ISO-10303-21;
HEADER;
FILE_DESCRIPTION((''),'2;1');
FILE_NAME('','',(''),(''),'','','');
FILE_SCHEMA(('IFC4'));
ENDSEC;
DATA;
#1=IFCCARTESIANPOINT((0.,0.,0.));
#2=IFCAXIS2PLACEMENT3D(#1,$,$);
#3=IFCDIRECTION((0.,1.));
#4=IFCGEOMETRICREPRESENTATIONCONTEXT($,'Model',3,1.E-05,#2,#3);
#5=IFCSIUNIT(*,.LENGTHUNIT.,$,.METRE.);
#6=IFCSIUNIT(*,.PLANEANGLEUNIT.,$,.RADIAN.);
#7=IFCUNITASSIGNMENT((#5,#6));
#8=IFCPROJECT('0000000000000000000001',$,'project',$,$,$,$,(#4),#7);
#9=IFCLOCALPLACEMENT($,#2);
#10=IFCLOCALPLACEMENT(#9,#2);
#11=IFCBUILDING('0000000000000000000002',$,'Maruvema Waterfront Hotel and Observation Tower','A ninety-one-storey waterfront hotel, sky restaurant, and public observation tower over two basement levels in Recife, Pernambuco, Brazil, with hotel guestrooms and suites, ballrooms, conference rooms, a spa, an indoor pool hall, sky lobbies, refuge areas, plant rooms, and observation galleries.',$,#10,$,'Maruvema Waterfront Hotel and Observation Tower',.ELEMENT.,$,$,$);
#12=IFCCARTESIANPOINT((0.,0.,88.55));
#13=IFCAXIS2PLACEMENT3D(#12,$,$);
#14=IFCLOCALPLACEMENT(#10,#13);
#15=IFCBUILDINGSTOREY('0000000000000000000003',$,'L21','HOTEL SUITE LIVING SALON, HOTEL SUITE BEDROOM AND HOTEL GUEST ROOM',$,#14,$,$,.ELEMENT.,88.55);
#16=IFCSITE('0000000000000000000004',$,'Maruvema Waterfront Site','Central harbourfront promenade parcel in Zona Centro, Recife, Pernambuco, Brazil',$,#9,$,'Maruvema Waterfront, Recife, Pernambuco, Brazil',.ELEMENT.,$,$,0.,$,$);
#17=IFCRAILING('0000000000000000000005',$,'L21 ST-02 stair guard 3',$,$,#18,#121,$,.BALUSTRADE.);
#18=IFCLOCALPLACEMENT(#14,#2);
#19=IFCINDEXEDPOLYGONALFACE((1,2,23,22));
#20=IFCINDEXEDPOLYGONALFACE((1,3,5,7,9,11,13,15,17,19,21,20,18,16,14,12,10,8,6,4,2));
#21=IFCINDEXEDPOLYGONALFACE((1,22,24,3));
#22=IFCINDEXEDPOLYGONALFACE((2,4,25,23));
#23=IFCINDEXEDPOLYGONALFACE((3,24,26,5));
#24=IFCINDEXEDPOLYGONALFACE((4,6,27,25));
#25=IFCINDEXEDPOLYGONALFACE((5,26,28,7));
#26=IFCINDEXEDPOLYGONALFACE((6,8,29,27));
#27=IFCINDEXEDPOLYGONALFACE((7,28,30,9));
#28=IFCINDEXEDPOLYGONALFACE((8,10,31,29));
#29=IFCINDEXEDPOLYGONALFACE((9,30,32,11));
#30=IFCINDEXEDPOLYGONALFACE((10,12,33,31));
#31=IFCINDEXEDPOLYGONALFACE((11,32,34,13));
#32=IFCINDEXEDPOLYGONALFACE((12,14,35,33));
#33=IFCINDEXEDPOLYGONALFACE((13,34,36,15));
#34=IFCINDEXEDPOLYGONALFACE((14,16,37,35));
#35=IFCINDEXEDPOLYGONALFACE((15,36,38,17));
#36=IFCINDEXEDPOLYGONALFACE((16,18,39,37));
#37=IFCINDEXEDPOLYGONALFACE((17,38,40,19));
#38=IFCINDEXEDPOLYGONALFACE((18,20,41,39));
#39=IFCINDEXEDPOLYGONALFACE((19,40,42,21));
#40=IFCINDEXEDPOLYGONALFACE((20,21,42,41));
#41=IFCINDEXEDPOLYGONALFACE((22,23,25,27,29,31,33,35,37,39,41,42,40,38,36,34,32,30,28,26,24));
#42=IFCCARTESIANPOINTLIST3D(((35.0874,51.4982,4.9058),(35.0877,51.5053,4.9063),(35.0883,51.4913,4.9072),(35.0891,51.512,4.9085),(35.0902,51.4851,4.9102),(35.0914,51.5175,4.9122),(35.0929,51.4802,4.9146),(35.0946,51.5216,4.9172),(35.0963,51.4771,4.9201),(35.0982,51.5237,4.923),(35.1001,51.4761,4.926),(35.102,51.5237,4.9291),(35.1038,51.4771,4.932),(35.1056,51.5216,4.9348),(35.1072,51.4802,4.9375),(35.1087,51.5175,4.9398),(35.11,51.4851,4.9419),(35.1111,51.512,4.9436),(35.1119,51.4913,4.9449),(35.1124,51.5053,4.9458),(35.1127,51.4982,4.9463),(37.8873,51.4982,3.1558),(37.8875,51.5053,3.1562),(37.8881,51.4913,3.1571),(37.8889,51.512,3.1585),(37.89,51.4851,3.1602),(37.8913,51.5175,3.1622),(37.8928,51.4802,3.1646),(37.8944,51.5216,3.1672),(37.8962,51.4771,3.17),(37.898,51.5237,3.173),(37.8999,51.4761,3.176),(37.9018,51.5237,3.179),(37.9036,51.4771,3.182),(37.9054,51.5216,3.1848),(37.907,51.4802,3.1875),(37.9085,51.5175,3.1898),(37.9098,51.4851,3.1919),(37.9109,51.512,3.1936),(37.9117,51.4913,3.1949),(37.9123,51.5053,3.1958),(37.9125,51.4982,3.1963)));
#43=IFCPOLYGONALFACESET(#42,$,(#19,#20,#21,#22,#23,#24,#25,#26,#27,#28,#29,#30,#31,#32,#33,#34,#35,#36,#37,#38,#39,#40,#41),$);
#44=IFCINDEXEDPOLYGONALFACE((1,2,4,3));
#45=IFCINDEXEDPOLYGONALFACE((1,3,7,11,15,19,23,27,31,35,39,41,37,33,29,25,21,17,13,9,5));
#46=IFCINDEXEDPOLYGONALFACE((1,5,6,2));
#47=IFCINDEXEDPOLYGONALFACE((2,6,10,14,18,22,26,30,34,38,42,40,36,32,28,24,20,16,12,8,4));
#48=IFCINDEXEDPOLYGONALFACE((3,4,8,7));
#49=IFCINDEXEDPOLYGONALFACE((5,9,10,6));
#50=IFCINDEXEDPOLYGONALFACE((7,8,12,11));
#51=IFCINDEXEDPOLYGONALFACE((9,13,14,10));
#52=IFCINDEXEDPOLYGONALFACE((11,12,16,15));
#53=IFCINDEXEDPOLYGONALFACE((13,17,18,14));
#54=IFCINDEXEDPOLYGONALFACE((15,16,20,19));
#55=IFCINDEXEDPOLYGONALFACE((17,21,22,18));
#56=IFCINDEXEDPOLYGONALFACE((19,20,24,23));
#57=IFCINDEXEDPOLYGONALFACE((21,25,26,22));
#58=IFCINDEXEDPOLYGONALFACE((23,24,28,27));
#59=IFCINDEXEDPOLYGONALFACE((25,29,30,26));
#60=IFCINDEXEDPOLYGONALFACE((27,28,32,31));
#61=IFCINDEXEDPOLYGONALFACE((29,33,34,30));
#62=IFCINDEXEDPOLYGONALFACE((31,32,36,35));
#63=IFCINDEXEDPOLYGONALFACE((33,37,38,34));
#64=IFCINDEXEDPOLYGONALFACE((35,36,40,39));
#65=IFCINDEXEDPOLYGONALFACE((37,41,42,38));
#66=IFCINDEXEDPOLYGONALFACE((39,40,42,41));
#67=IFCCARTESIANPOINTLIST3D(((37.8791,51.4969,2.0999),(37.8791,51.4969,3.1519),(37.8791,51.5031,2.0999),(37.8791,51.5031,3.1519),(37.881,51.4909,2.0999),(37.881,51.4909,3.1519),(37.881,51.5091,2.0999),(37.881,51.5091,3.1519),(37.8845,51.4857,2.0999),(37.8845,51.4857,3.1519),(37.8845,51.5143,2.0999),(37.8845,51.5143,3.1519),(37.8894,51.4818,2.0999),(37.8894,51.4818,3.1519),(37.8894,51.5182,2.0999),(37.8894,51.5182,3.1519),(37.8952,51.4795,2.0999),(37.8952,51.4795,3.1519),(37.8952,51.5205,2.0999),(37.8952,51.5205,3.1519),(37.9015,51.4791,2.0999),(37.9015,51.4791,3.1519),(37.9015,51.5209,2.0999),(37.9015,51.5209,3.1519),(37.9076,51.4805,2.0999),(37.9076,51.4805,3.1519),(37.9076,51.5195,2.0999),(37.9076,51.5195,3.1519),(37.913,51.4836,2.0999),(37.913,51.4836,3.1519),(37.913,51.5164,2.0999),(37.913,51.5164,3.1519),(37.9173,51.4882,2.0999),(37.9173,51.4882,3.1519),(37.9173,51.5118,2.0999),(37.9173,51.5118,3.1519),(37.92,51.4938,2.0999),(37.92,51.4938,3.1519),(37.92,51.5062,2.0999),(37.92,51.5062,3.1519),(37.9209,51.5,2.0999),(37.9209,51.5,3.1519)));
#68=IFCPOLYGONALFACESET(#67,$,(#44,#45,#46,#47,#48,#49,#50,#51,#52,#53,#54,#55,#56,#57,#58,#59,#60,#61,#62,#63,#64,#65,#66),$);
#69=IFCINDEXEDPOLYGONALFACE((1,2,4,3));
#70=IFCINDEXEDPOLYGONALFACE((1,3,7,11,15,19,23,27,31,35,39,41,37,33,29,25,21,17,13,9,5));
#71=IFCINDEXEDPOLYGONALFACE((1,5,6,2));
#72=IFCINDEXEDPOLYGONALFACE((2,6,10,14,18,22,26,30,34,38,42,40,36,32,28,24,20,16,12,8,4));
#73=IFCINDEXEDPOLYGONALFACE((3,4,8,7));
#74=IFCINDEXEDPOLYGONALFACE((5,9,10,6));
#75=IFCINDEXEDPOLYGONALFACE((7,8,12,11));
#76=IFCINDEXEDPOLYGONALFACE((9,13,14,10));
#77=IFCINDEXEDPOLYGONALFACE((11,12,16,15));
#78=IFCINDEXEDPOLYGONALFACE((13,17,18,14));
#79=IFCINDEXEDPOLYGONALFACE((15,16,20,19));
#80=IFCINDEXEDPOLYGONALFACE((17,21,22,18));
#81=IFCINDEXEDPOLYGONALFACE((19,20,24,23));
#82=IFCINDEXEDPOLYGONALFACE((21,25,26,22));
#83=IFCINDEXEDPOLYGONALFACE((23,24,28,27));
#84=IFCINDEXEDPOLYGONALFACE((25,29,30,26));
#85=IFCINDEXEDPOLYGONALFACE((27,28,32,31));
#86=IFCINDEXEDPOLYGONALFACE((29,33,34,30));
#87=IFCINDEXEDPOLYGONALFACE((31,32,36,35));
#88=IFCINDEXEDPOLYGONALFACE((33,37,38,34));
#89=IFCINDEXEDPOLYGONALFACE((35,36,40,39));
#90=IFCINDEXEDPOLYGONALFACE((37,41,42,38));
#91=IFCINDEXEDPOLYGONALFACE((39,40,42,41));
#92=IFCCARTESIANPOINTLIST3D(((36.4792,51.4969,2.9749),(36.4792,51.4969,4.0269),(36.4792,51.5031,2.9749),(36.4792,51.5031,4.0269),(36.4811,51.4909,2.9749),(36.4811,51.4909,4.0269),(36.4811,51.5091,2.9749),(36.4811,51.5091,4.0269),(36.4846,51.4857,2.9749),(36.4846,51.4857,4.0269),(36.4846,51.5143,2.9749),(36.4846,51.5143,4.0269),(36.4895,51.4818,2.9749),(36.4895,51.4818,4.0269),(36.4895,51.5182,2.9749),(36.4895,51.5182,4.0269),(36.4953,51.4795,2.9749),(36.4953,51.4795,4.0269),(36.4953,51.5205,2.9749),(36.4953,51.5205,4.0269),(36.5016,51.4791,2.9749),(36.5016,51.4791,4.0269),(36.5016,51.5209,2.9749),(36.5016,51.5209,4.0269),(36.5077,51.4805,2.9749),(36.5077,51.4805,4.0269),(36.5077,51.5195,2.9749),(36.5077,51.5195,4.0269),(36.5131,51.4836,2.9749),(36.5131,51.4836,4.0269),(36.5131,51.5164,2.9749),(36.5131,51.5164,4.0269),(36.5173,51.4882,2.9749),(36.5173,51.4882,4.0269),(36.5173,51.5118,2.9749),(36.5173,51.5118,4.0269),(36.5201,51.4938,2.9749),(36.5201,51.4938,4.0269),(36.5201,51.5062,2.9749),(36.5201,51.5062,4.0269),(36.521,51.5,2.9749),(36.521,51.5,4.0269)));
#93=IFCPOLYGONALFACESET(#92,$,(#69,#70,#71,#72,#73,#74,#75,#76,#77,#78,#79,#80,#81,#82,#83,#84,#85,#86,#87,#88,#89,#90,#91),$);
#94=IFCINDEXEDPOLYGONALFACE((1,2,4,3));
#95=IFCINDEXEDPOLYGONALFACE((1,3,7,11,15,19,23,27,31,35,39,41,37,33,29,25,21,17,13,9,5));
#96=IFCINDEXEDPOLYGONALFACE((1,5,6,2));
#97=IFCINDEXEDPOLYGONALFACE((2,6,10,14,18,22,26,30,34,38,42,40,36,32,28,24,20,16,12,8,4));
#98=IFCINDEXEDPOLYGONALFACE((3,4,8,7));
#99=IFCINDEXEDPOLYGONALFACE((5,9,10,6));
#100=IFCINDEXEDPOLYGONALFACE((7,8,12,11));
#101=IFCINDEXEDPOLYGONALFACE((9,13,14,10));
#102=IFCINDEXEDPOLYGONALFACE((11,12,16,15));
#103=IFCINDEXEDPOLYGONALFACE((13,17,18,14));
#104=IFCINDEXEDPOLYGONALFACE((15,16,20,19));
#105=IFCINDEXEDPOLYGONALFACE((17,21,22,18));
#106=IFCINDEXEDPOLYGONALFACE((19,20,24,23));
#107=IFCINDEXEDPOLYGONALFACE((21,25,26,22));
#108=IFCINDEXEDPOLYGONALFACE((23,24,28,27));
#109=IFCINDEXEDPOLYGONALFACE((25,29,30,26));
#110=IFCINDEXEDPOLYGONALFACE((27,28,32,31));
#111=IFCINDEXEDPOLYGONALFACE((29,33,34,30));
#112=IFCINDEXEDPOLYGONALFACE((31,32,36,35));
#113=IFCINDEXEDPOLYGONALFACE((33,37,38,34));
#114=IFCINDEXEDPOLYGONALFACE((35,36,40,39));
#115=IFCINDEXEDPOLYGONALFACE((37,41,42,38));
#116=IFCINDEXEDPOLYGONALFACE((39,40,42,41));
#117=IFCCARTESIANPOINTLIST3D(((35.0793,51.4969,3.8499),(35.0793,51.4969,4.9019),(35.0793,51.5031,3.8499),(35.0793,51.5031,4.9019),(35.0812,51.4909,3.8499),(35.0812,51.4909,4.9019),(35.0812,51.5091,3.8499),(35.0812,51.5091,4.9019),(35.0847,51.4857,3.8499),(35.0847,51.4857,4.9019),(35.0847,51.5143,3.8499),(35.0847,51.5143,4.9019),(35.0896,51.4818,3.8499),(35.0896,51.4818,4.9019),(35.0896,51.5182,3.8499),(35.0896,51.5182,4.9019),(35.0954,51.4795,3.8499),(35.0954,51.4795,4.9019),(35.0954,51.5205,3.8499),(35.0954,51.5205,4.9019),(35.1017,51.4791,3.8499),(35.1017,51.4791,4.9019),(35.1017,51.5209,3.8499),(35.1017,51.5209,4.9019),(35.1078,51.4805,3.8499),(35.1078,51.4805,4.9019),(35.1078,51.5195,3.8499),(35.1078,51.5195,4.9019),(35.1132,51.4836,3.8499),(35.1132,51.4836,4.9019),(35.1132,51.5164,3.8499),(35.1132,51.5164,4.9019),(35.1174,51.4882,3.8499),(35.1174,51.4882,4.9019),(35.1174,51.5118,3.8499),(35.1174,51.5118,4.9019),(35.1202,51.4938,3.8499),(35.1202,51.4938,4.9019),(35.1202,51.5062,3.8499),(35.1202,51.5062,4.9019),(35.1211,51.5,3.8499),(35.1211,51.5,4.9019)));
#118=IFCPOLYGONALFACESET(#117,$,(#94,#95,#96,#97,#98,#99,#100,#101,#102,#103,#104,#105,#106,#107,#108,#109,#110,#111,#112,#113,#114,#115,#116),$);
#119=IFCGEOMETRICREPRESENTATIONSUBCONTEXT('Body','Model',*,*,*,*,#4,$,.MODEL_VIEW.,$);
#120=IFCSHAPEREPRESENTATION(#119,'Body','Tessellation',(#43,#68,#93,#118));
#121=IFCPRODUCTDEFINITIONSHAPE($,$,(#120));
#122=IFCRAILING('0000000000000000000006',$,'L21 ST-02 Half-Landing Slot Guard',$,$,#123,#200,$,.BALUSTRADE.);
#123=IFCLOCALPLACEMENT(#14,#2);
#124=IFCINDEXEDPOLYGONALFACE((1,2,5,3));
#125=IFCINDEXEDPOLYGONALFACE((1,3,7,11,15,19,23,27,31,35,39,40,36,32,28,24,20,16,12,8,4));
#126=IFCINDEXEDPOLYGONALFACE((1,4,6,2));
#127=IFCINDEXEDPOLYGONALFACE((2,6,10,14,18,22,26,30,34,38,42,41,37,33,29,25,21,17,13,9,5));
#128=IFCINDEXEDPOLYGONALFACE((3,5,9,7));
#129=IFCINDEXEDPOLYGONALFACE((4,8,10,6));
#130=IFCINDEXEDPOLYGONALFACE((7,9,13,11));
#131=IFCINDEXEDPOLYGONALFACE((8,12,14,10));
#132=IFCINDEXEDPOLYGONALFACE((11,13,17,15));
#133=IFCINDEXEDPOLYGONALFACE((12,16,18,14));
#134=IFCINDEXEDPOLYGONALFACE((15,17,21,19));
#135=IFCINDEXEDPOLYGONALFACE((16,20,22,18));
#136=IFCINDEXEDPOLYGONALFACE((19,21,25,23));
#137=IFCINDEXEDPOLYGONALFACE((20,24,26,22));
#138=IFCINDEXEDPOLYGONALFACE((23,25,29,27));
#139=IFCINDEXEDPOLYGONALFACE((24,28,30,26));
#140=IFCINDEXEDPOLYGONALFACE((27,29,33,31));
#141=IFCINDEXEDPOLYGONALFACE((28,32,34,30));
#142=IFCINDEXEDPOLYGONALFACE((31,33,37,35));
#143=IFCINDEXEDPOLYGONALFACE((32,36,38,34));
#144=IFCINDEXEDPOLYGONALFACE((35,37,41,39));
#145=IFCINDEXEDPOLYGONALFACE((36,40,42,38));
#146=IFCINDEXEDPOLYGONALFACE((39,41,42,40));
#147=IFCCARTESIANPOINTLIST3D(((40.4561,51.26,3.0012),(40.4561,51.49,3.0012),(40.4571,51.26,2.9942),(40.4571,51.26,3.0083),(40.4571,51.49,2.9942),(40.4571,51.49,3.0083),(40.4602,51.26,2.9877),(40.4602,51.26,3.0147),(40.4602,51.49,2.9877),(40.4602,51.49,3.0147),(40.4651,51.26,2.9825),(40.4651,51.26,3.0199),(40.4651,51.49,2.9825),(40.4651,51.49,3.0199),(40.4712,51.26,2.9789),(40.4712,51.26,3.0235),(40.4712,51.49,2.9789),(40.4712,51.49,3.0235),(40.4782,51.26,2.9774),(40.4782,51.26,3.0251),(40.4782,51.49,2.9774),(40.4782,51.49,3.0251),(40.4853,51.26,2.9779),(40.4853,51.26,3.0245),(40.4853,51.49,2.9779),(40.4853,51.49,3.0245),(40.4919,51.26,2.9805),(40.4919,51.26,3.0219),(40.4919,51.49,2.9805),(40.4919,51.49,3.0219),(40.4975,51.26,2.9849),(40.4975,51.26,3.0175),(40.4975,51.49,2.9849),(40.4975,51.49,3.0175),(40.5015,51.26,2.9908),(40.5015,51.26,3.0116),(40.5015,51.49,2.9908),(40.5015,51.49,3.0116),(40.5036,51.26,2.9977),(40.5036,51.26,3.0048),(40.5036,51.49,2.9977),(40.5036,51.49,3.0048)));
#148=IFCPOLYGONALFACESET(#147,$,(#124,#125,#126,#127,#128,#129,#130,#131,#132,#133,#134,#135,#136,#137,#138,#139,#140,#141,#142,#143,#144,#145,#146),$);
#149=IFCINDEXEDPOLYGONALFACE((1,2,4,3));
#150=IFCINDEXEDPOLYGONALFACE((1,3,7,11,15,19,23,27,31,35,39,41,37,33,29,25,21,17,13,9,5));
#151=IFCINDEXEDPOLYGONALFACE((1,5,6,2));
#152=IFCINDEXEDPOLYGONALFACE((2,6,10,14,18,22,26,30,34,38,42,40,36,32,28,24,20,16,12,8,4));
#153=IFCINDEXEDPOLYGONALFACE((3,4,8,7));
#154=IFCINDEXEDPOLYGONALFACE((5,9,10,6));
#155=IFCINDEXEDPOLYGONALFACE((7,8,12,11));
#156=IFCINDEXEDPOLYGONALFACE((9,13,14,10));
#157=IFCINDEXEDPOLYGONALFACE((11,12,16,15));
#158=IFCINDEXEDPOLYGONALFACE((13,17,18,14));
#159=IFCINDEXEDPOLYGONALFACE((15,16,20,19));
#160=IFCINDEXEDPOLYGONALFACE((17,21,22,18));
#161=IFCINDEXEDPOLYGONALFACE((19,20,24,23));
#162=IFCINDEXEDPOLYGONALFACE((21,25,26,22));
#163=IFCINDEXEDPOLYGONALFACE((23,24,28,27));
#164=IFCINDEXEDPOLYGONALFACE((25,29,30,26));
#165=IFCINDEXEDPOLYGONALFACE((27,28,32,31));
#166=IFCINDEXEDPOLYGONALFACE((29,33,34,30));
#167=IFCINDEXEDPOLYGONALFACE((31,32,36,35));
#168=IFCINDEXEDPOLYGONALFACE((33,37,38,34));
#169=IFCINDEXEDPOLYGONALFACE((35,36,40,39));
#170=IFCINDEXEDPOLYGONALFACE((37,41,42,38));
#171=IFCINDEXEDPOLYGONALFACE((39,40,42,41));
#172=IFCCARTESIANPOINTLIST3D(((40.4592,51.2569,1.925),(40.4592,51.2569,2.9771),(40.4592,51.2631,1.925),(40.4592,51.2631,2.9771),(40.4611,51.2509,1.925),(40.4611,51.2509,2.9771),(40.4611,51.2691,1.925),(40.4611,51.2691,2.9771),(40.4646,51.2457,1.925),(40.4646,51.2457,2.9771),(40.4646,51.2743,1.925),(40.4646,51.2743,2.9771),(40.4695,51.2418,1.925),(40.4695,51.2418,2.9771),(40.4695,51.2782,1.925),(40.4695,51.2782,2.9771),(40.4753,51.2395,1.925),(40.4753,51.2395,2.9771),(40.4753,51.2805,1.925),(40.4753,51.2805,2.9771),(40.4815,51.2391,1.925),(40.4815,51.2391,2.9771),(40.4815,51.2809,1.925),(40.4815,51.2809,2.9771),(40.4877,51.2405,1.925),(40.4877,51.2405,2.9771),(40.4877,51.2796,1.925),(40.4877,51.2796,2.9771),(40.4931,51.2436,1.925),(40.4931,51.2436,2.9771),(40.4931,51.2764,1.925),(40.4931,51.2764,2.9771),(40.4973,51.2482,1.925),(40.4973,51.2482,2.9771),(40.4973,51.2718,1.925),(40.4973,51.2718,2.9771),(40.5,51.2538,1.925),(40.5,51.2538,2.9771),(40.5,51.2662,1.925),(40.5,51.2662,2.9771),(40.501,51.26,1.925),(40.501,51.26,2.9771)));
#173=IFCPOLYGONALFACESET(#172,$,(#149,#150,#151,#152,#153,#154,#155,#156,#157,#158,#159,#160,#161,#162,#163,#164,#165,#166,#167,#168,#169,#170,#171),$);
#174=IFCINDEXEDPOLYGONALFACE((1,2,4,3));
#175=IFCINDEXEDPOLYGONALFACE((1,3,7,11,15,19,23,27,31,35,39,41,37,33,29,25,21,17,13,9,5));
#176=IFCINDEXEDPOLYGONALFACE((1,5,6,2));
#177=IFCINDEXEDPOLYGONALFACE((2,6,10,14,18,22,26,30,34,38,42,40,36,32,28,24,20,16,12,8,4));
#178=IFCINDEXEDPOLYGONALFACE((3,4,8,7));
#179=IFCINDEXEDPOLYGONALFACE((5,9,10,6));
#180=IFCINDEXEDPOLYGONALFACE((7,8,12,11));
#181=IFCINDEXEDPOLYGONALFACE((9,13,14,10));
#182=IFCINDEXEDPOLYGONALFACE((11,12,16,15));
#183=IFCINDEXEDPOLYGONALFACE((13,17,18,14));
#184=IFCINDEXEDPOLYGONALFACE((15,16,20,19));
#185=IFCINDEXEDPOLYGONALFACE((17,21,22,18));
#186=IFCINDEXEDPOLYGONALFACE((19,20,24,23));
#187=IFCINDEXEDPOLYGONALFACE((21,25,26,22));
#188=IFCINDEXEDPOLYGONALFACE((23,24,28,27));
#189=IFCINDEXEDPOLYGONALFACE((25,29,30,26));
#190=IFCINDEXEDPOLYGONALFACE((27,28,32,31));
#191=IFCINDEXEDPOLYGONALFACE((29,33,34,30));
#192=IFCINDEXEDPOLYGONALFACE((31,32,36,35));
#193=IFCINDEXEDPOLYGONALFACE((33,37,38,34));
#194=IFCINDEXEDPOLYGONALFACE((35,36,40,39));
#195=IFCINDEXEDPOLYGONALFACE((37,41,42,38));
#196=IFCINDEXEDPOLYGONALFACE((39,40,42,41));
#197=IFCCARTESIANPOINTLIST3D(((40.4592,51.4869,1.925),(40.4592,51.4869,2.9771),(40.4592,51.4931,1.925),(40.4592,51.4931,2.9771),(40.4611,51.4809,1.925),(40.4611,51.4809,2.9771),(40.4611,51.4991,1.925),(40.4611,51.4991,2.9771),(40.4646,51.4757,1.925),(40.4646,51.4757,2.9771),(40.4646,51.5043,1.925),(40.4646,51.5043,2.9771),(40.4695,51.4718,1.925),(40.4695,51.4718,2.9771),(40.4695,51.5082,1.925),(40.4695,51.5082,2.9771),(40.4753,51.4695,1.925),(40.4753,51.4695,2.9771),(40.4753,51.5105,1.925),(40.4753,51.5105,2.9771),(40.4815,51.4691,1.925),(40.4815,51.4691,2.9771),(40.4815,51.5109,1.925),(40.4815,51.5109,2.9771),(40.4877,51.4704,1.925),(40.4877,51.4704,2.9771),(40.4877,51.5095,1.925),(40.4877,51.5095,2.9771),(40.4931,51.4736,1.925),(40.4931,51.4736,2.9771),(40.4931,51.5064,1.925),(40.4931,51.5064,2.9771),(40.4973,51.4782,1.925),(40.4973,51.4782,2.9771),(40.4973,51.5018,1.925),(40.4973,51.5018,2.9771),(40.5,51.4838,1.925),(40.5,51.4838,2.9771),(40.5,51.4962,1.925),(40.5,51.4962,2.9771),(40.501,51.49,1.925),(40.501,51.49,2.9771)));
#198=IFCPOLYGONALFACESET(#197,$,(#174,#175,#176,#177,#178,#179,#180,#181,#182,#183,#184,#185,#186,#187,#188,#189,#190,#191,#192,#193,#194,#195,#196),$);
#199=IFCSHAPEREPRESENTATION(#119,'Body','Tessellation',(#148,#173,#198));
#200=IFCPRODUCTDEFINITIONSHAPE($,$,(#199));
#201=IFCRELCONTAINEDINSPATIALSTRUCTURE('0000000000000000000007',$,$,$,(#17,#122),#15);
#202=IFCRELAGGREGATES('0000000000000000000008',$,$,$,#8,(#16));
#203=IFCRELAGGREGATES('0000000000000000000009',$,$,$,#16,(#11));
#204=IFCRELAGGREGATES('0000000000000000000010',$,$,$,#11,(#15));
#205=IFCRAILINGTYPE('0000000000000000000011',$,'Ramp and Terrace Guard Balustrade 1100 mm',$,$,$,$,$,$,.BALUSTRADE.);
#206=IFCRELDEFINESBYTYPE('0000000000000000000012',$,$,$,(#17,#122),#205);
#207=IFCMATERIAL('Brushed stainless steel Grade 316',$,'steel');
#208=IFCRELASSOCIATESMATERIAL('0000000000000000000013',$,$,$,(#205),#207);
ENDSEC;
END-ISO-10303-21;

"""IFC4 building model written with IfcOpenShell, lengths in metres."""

from ifc_helpers import new_model, si_unit, direction, frame, origin, origin_2d, place, context, subcontext, project, spatial, circle, extrude, material, type_object, element, save


model = new_model("IFC4")

# Units and contexts
model_context = context("Model", 3, precision=1e-05, world=origin(), true_north=direction((0.0, 1.0)))
body_context = subcontext(model_context, "Body", "Model", "MODEL_VIEW")
ifc_project = project(units=[si_unit("LENGTHUNIT", "METRE"), si_unit("PLANEANGLEUNIT", "RADIAN")], contexts=[model_context])

# Site, building, storey
site_placement = place(None, origin())
site = spatial("IfcSite", under=ifc_project, at=site_placement, Name="Maruvema Waterfront Site", Description="Central harbourfront promenade parcel in Zona Centro, Recife, Pernambuco, Brazil", LongName="Maruvema Waterfront, Recife, Pernambuco, Brazil", CompositionType="ELEMENT", RefElevation=0.0)
building_placement = place(site_placement, origin())
building = spatial("IfcBuilding", under=site, at=building_placement, Name="Maruvema Waterfront Hotel and Observation Tower", Description="A ninety-one-storey waterfront hotel, sky restaurant, and public observation tower over two basement levels in Recife, Pernambuco, Brazil, with hotel guestrooms and suites, ballrooms, conference rooms, a spa, an indoor pool hall, sky lobbies, refuge areas, plant rooms, and observation galleries.", LongName="Maruvema Waterfront Hotel and Observation Tower", CompositionType="ELEMENT")
storey_placement = place(building_placement, frame((0.0, 0.0, 88.55)))
storey = spatial("IfcBuildingStorey", under=building, at=storey_placement, Name="L21", Description="HOTEL SUITE LIVING SALON, HOTEL SUITE BEDROOM AND HOTEL GUEST ROOM", CompositionType="ELEMENT", Elevation=88.55)

# Railings
ifc_material_1 = material(Name="Brushed stainless steel Grade 316", Category="steel")
railing_type_1 = type_object("IfcRailingType", Name="Ramp and Terrace Guard Balustrade 1100 mm", PredefinedType="BALUSTRADE", material=ifc_material_1)
railing_1_placement = place(storey_placement, frame((37.8999, 51.5, 2.0999)))
element("IfcRailing", 1, at=railing_1_placement, inside=storey, type_object=railing_type_1, Name="L21 ST-02 stair guard 3", PredefinedType="BALUSTRADE", context=body_context, shape_type="SweptSolid", body=[
    extrude(circle(Radius=0.0239, at=origin_2d()), frame((0.0, 0.0, 1.0762), z_axis=(-0.847982, 0.0, 0.530026), x_axis=(0.0, -1.0, 0.0)), (0.0, 0.0, 1.0), 3.3018),
    extrude(circle(Radius=0.021, at=origin_2d()), origin(), (0.0, 0.0, 1.0), 1.052),
    extrude(circle(Radius=0.021, at=origin_2d()), frame((-1.3999, 0.0, 0.875)), (0.0, 0.0, 1.0), 1.052),
    extrude(circle(Radius=0.021, at=origin_2d()), frame((-2.7998, 0.0, 1.75)), (0.0, 0.0, 1.0), 1.052),
])
railing_2_placement = place(storey_placement, frame((40.48, 51.26, 1.925)))
element("IfcRailing", 2, at=railing_2_placement, inside=storey, type_object=railing_type_1, Name="L21 ST-02 Half-Landing Slot Guard", PredefinedType="BALUSTRADE", context=body_context, shape_type="SweptSolid", body=[
    extrude(circle(Radius=0.0239, at=origin_2d()), frame((0.0, 0.0, 1.0762), z_axis=(0.0, 1.0, 0.0), x_axis=(-1.0, 0.0, 0.0)), (0.0, 0.0, 1.0), 0.23),
    extrude(circle(Radius=0.021, at=origin_2d()), origin(), (0.0, 0.0, 1.0), 1.052),
    extrude(circle(Radius=0.021, at=origin_2d()), frame((0.0, 0.23, 0.0)), (0.0, 0.0, 1.0), 1.052),
])

save(model, "model.ifc")
